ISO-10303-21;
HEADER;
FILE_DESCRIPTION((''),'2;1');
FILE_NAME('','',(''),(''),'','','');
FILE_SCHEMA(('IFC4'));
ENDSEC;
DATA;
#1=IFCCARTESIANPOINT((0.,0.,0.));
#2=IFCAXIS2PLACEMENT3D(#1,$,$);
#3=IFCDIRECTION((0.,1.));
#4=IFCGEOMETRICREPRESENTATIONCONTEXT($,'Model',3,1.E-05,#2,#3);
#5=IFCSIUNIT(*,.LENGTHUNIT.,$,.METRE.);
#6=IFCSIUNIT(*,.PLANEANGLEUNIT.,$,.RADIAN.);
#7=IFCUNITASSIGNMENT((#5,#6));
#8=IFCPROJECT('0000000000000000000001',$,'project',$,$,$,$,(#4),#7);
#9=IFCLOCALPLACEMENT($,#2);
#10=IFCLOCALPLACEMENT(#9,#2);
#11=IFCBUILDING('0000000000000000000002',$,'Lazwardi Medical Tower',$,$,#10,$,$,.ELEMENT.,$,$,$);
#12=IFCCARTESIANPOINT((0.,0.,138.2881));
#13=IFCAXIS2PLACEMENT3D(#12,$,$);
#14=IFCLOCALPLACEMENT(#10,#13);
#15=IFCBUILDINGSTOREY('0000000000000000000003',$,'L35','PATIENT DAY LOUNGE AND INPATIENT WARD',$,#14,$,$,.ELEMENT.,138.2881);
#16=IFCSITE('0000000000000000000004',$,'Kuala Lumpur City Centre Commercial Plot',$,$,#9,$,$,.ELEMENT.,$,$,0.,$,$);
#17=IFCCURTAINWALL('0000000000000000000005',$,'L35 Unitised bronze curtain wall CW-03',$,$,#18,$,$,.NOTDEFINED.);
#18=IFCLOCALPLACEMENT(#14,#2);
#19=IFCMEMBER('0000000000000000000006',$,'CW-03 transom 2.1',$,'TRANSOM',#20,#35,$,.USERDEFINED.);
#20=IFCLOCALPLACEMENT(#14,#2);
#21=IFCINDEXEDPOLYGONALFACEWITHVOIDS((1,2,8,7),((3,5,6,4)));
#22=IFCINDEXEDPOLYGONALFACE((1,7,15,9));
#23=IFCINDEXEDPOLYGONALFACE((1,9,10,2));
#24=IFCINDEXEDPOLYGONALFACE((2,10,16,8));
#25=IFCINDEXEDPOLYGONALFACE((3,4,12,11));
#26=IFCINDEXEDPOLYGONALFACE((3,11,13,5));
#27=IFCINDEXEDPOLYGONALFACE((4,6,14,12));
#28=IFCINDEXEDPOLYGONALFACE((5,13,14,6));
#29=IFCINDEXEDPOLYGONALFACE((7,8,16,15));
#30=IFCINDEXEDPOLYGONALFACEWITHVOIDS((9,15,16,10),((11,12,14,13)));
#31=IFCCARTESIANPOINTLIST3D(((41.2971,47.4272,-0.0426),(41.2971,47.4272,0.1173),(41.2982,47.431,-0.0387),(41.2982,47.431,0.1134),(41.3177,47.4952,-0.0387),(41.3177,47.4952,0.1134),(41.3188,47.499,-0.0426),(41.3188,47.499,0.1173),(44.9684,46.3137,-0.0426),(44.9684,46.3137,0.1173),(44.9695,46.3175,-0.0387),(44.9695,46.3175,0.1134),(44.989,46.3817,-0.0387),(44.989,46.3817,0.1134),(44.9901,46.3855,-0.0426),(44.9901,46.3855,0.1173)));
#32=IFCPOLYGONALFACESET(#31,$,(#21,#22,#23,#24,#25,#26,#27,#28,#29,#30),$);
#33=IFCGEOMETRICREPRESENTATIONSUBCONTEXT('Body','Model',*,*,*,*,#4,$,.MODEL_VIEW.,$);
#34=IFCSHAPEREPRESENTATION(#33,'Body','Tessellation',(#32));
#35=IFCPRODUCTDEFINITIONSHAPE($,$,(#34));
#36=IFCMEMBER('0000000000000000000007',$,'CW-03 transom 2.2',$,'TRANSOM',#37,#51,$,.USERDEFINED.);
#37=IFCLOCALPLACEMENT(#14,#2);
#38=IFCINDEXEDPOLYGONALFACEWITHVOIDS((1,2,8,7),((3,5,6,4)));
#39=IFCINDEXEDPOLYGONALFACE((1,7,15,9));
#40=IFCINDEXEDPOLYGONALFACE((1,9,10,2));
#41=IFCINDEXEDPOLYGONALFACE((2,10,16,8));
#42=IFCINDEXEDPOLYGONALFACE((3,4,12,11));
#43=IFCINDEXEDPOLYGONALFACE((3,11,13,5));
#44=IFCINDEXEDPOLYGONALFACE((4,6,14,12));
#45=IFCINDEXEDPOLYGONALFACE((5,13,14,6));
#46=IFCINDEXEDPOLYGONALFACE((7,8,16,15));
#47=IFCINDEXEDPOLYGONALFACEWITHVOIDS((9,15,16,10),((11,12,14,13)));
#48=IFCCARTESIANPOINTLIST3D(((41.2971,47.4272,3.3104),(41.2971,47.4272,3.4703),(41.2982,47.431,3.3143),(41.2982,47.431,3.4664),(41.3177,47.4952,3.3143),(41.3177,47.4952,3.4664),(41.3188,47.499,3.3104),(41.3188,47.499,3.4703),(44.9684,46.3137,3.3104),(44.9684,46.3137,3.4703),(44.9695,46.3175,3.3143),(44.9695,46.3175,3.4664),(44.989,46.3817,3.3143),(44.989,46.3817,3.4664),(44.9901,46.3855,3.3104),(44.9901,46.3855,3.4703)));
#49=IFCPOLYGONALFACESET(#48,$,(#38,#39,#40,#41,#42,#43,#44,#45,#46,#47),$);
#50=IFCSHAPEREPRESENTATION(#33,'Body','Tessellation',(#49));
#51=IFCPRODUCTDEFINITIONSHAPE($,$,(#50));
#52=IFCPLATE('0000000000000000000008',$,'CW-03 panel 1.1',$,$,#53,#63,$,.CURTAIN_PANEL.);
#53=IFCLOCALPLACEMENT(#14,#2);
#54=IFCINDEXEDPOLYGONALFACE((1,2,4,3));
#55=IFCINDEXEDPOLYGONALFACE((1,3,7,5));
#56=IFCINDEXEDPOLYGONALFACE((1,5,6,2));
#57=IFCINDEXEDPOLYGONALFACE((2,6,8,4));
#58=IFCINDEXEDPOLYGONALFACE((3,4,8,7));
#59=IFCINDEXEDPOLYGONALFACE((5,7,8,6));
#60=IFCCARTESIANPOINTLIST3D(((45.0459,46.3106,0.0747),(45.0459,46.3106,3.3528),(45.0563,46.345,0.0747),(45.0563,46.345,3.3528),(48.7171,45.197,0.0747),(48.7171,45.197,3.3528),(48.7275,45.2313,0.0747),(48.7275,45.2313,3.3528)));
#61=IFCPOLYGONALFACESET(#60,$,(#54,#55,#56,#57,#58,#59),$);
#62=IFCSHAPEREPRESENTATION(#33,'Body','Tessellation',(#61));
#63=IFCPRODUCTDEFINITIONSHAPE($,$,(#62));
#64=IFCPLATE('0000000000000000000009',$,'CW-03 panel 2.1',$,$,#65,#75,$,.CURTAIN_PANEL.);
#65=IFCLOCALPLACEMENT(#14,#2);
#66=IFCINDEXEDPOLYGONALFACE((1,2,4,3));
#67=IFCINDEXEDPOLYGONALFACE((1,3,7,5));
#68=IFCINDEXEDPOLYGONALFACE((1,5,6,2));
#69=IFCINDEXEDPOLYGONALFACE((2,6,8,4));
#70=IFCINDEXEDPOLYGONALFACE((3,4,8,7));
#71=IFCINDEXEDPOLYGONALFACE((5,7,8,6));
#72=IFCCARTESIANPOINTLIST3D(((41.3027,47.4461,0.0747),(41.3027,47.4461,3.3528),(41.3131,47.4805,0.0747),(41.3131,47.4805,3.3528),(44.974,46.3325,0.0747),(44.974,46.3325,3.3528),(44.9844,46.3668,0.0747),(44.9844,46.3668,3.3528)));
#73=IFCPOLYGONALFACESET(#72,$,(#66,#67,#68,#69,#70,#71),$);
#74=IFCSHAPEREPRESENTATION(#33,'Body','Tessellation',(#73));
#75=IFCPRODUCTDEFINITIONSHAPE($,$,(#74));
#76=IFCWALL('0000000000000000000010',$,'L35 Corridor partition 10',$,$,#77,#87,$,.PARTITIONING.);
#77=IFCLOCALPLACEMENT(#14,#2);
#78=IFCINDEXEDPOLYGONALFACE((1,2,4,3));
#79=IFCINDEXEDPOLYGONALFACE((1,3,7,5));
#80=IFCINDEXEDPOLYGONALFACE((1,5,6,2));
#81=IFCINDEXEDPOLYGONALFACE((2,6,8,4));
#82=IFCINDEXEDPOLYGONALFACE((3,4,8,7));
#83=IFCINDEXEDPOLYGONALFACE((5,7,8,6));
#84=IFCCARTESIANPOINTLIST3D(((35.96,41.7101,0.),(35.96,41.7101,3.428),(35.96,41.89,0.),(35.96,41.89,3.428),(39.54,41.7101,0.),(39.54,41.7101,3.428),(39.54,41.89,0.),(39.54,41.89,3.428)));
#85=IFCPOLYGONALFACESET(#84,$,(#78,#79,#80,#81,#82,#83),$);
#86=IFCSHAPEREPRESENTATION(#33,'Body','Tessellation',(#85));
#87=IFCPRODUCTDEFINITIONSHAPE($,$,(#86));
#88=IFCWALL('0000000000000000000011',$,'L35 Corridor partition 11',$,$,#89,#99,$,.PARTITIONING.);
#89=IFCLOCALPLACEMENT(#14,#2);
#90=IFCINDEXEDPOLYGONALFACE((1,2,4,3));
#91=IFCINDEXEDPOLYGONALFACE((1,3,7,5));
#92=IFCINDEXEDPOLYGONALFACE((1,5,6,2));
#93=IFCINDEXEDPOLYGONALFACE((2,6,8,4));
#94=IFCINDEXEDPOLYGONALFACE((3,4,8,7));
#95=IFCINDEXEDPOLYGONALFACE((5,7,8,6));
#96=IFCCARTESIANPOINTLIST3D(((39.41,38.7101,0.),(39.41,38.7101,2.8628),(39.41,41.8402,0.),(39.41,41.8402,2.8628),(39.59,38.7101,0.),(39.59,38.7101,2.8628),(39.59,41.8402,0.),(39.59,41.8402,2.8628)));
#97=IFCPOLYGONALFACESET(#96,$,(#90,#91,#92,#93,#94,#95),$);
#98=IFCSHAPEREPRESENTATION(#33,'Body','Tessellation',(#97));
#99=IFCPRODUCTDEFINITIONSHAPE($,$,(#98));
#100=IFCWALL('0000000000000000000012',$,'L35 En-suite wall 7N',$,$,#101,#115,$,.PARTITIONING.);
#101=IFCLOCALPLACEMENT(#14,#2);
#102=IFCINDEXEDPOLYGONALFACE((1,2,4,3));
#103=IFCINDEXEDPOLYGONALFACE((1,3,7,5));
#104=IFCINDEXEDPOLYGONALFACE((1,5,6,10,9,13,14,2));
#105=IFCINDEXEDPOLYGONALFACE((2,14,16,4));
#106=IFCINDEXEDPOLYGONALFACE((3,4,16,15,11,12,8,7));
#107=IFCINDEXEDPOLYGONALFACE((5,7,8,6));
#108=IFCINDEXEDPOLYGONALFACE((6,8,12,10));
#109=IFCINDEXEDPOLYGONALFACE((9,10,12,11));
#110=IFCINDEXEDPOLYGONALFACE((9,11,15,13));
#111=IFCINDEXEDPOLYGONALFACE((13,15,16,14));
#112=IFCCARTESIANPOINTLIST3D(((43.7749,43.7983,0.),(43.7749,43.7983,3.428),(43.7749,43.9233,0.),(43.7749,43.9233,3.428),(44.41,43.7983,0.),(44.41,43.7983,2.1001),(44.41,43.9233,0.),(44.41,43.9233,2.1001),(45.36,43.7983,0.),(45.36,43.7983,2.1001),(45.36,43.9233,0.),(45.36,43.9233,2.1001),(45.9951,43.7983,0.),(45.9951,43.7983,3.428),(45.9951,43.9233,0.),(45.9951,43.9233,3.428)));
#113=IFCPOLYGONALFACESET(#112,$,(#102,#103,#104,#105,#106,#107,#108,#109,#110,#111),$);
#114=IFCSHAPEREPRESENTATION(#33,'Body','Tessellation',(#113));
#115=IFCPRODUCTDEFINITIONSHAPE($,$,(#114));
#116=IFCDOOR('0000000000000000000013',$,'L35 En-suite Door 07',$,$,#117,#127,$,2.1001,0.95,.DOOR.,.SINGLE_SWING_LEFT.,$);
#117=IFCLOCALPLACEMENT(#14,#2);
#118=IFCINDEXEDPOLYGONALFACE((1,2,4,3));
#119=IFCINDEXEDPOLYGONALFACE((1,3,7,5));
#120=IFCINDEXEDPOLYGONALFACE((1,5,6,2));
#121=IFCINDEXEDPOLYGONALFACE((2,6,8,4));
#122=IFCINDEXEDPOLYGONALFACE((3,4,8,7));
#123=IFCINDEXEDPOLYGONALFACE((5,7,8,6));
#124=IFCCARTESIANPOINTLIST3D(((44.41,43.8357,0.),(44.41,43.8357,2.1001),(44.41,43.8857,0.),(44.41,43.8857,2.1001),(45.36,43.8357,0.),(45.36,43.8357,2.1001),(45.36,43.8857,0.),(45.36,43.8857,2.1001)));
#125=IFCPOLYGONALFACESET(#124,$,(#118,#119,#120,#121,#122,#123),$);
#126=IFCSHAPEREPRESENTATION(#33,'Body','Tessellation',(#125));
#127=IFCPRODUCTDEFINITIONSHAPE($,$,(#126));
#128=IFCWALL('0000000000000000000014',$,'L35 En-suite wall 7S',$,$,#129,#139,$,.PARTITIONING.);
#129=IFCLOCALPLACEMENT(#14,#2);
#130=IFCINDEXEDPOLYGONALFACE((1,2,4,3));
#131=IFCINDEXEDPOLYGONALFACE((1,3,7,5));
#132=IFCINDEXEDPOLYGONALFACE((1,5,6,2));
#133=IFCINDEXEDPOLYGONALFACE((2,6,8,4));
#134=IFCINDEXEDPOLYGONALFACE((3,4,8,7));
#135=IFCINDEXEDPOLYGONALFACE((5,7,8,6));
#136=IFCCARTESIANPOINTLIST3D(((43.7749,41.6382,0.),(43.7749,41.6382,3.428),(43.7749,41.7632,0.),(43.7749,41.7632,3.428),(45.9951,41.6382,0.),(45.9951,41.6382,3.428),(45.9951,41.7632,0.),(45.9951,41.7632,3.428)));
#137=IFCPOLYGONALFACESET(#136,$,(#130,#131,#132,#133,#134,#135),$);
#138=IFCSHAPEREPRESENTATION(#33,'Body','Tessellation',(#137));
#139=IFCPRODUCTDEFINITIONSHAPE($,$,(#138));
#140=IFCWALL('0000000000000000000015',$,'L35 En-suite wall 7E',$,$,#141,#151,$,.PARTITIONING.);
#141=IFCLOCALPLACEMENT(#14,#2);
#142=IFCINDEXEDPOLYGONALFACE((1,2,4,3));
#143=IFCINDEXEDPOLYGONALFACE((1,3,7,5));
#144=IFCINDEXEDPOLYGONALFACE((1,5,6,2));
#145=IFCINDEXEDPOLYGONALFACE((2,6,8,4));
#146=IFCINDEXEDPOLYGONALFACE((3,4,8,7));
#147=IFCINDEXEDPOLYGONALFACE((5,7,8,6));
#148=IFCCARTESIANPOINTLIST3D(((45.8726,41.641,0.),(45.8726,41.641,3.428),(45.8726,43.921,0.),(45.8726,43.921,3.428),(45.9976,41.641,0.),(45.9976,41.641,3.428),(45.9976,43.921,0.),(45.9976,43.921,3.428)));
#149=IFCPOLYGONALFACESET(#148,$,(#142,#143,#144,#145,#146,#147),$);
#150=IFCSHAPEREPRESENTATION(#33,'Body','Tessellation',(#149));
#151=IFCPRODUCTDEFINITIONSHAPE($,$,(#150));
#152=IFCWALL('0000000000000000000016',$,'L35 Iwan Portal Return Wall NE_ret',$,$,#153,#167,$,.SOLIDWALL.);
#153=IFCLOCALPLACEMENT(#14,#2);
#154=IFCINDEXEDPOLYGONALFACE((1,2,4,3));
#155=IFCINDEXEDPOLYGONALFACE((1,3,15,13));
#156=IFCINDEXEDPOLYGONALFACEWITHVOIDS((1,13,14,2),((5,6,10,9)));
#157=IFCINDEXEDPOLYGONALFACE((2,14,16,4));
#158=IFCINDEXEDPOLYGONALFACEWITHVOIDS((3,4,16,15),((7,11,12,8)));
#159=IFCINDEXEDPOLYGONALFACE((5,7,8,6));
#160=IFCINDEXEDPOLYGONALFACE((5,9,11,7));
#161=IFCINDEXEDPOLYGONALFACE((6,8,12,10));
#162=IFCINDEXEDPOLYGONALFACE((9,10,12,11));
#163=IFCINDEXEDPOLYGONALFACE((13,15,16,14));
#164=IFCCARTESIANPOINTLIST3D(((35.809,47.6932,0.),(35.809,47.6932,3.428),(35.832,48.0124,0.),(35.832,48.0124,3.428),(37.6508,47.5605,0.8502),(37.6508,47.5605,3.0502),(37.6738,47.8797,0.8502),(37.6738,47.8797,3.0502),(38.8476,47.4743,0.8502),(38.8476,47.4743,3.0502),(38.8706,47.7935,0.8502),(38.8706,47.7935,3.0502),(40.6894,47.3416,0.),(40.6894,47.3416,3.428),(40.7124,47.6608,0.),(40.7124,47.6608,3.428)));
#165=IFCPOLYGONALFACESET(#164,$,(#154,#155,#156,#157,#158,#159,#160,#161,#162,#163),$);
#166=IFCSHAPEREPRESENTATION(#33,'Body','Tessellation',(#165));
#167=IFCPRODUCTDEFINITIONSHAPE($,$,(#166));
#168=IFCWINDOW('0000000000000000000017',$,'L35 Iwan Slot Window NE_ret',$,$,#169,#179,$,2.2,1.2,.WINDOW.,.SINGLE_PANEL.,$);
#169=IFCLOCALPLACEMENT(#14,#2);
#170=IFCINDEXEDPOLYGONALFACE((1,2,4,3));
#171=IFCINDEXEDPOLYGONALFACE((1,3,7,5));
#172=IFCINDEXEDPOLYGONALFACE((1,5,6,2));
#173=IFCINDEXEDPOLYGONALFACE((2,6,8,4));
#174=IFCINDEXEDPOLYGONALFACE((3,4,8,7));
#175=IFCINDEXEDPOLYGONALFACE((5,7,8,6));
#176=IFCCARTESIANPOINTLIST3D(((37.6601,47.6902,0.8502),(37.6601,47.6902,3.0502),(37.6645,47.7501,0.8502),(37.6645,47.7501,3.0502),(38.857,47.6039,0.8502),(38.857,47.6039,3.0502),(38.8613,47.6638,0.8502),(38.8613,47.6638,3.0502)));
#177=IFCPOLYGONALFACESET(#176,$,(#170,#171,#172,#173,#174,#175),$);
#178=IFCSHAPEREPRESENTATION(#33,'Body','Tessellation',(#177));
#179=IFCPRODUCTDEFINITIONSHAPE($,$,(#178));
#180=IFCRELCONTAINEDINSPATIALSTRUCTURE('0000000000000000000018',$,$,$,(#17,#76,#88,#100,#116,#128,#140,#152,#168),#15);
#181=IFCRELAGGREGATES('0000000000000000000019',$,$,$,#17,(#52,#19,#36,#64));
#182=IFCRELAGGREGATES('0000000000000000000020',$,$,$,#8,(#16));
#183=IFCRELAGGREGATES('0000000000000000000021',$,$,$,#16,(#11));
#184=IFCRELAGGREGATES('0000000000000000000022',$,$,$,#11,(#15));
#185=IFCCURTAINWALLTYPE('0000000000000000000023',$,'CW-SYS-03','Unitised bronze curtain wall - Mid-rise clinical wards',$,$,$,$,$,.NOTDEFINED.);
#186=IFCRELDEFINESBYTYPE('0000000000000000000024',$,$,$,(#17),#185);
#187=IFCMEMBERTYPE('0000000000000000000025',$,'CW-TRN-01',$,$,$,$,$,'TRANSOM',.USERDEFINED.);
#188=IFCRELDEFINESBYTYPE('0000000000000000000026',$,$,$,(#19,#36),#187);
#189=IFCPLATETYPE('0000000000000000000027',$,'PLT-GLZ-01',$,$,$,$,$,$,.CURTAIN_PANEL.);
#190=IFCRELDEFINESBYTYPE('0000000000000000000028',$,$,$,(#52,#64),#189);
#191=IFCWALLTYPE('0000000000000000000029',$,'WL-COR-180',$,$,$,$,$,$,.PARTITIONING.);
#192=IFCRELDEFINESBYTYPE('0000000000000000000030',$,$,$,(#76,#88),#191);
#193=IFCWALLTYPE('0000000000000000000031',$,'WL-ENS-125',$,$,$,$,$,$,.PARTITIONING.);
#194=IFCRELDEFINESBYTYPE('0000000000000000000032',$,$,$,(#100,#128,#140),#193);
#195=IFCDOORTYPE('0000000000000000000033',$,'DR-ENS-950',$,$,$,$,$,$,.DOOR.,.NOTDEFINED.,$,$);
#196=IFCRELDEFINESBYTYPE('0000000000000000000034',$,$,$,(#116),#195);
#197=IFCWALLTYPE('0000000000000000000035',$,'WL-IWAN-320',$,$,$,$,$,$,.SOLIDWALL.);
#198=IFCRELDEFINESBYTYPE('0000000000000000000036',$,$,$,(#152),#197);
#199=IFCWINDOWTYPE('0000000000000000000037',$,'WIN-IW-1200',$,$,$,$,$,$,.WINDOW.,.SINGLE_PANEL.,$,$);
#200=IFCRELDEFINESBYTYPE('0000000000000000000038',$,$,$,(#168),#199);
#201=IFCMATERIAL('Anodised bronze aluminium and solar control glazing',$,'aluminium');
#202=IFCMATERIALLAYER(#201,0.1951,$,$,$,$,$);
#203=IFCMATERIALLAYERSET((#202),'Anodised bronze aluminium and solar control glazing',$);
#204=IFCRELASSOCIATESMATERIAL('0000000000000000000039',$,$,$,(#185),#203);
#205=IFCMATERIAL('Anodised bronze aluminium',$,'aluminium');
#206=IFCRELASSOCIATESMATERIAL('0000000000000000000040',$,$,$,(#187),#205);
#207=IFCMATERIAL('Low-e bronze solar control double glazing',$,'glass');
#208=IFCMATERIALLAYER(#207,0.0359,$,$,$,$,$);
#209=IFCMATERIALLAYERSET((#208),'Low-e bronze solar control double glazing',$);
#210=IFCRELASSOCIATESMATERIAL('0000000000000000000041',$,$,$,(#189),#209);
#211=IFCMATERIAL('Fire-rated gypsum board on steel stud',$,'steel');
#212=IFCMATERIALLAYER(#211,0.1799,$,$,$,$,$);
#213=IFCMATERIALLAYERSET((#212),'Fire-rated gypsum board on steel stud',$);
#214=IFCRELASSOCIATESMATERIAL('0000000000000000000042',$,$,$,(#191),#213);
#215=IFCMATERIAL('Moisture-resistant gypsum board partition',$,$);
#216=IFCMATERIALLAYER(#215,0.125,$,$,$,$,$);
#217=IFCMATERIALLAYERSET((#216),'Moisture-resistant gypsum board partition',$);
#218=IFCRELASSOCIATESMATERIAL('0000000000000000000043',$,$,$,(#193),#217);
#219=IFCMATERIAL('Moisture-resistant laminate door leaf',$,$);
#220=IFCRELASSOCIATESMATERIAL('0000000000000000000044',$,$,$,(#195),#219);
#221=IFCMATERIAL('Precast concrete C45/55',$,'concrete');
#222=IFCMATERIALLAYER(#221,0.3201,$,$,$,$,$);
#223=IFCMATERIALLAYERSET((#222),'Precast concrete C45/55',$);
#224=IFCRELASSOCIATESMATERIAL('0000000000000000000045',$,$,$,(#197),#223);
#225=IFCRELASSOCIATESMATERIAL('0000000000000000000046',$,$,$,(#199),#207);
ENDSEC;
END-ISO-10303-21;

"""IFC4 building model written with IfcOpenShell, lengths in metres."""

from ifc_helpers import new_model, si_unit, direction, frame, frame_2d, origin, origin_2d, place, context, subcontext, project, spatial, rectangle, hollow_rectangle, extrude, material, layer, layer_set, material_profile, profile_set, type_object, element, fill, aggregate, save


model = new_model("IFC4")

# Units and contexts
model_context = context("Model", 3, precision=1e-05, world=origin(), true_north=direction((0.0, 1.0)))
body_context = subcontext(model_context, "Body", "Model", "MODEL_VIEW")
ifc_project = project(units=[si_unit("LENGTHUNIT", "METRE"), si_unit("PLANEANGLEUNIT", "RADIAN")], contexts=[model_context])

# Site, building, storey
site_placement = place(None, origin())
site = spatial("IfcSite", under=ifc_project, at=site_placement, Name="Kuala Lumpur City Centre Commercial Plot", CompositionType="ELEMENT", RefElevation=0.0)
building_placement = place(site_placement, origin())
building = spatial("IfcBuilding", under=site, at=building_placement, Name="Lazwardi Medical Tower", CompositionType="ELEMENT")
storey_placement = place(building_placement, frame((0.0, 0.0, 138.2881)))
storey = spatial("IfcBuildingStorey", under=building, at=storey_placement, Name="L35", Description="PATIENT DAY LOUNGE AND INPATIENT WARD", CompositionType="ELEMENT", Elevation=138.2881)

# Curtain wall, members, plates
ifc_material_1 = material(Name="Anodised bronze aluminium and solar control glazing", Category="aluminium")
ifc_layer_1 = layer(ifc_material_1, 0.1951)
ifc_layer_set_1 = layer_set([ifc_layer_1], Name="Anodised bronze aluminium and solar control glazing")
curtain_wall_type = type_object("IfcCurtainWallType", Name="CW-SYS-03", Description="Unitised bronze curtain wall - Mid-rise clinical wards", PredefinedType="NOTDEFINED", material=ifc_layer_set_1)
curtain_wall_placement = place(storey_placement, origin())
curtain_wall = element("IfcCurtainWall", 1, at=curtain_wall_placement, inside=storey, type_object=curtain_wall_type, Name="L35 Unitised bronze curtain wall CW-03", PredefinedType="NOTDEFINED")
ifc_material_2 = material(Name="Anodised bronze aluminium", Category="aluminium")
ifc_material_profile_1 = material_profile(ifc_material_2, hollow_rectangle(XDim=0.075, YDim=0.1599, WallThickness=0.0039, at=origin_2d()), Name="ALU-TRANSOM 160x75x4")
ifc_profile_set_1 = profile_set([ifc_material_profile_1], Name="Anodised bronze aluminium")
member_type_1 = type_object("IfcMemberType", Name="CW-TRN-01", ElementType="TRANSOM", PredefinedType="USERDEFINED", material=ifc_profile_set_1)
member_1_placement = place(storey_placement, frame((44.9792, 46.3496, 0.0374), z_axis=(-0.956953, 0.290242, 0.0), x_axis=(-0.290242, -0.956953, 0.0)))
member_1 = element("IfcMember", 2, at=member_1_placement, type_object=member_type_1, Name="CW-03 transom 2.1", ObjectType="TRANSOM", PredefinedType="USERDEFINED", context=body_context, shape_type="SweptSolid", body=[
    extrude(hollow_rectangle(XDim=0.075, YDim=0.1599, WallThickness=0.0039, at=origin_2d()), origin(), (0.0, 0.0, 1.0), 3.8364),
])
member_2_placement = place(storey_placement, frame((44.9792, 46.3496, 3.3904), z_axis=(-0.956953, 0.290242, 0.0), x_axis=(-0.290242, -0.956953, 0.0)))
member_2 = element("IfcMember", 3, at=member_2_placement, type_object=member_type_1, Name="CW-03 transom 2.2", ObjectType="TRANSOM", PredefinedType="USERDEFINED", context=body_context, shape_type="SweptSolid", body=[
    extrude(hollow_rectangle(XDim=0.075, YDim=0.1599, WallThickness=0.0039, at=origin_2d()), origin(), (0.0, 0.0, 1.0), 3.8364),
])
ifc_material_3 = material(Name="Low-e bronze solar control double glazing", Category="glass")
ifc_layer_2 = layer(ifc_material_3, 0.0359)
ifc_layer_set_2 = layer_set([ifc_layer_2], Name="Low-e bronze solar control double glazing")
plate_type = type_object("IfcPlateType", Name="PLT-GLZ-01", PredefinedType="CURTAIN_PANEL", material=ifc_layer_set_2)
plate_1_placement = place(storey_placement, frame((46.8867, 45.771, 0.0747), z_axis=(0.0, 0.0, 1.0), x_axis=(-0.956942, 0.290281, 0.0)))
plate_1 = element("IfcPlate", 4, at=plate_1_placement, type_object=plate_type, Name="CW-03 panel 1.1", PredefinedType="CURTAIN_PANEL", context=body_context, shape_type="SweptSolid", body=[
    extrude(rectangle(XDim=3.8364, YDim=0.0359, at=origin_2d()), origin(), (0.0, 0.0, 1.0), 3.2781),
])
plate_2_placement = place(storey_placement, frame((43.1436, 46.9065, 0.0747), z_axis=(0.0, 0.0, 1.0), x_axis=(-0.956942, 0.290281, 0.0)))
plate_2 = element("IfcPlate", 5, at=plate_2_placement, type_object=plate_type, Name="CW-03 panel 2.1", PredefinedType="CURTAIN_PANEL", context=body_context, shape_type="SweptSolid", body=[
    extrude(rectangle(XDim=3.8364, YDim=0.0359, at=origin_2d()), origin(), (0.0, 0.0, 1.0), 3.2781),
])
aggregate(curtain_wall, [plate_1, member_1, member_2, plate_2])

# Walls
ifc_material_4 = material(Name="Fire-rated gypsum board on steel stud", Category="steel")
ifc_layer_3 = layer(ifc_material_4, 0.1799)
ifc_layer_set_3 = layer_set([ifc_layer_3], Name="Fire-rated gypsum board on steel stud")
wall_type_1 = type_object("IfcWallType", Name="WL-COR-180", PredefinedType="PARTITIONING", material=ifc_layer_set_3)
wall_1_placement = place(storey_placement, frame((35.96, 41.8, 0.0), z_axis=(0.0, 0.0, 1.0), x_axis=(1.0, 0.0, 0.0)))
element("IfcWall", 6, at=wall_1_placement, inside=storey, type_object=wall_type_1, Name="L35 Corridor partition 10", PredefinedType="PARTITIONING", context=body_context, shape_type="SweptSolid", body=[
    extrude(rectangle(XDim=3.5801, YDim=0.1799, at=frame_2d((1.79, 0.0))), origin(), (0.0, 0.0, 1.0), 3.428),
])
wall_2_placement = place(storey_placement, frame((39.5, 41.8401, 0.0), z_axis=(0.0, 0.0, 1.0), x_axis=(0.0, -1.0, 0.0)))
element("IfcWall", 7, at=wall_2_placement, inside=storey, type_object=wall_type_1, Name="L35 Corridor partition 11", PredefinedType="PARTITIONING", context=body_context, shape_type="SweptSolid", body=[
    extrude(rectangle(XDim=3.1301, YDim=0.1799, at=frame_2d((1.5649, 0.0))), origin(), (0.0, 0.0, 1.0), 2.8628),
])

# Wall, opening, door
ifc_material_5 = material(Name="Moisture-resistant gypsum board partition")
ifc_layer_4 = layer(ifc_material_5, 0.125)
ifc_layer_set_4 = layer_set([ifc_layer_4], Name="Moisture-resistant gypsum board partition")
wall_type_2 = type_object("IfcWallType", Name="WL-ENS-125", PredefinedType="PARTITIONING", material=ifc_layer_set_4)
wall_3_placement = place(storey_placement, frame((43.7749, 43.8608, 0.0), z_axis=(0.0, 0.0, 1.0), x_axis=(1.0, 0.0, 0.0)))
wall_3 = element("IfcWall", 8, at=wall_3_placement, inside=storey, type_object=wall_type_2, Name="L35 En-suite wall 7N", PredefinedType="PARTITIONING", context=body_context, shape_type="SweptSolid", body=[
    extrude(rectangle(XDim=2.2202, YDim=0.125, at=frame_2d((1.1101, 0.0))), origin(), (0.0, 0.0, 1.0), 3.428),
])
opening_1_placement = place(wall_3_placement, frame((0.635, 0.0, 0.0)))
opening_1 = element("IfcOpeningElement", 9, at=opening_1_placement, cuts=wall_3, PredefinedType="OPENING", context=body_context, shape_type="SweptSolid", body=[
    extrude(rectangle(XDim=0.95, YDim=2.1001, at=frame_2d((0.4751, 1.05))), frame((0.0, 0.0725, 0.0), z_axis=(0.0, -1.0, 0.0), x_axis=(1.0, 0.0, 0.0)), (0.0, 0.0, 1.0), 0.145),
])
ifc_material_6 = material(Name="Moisture-resistant laminate door leaf")
door_type = type_object("IfcDoorType", Name="DR-ENS-950", OperationType="NOTDEFINED", PredefinedType="DOOR", material=ifc_material_6)
door_placement = place(opening_1_placement, origin())
door = element("IfcDoor", 10, at=door_placement, inside=storey, type_object=door_type, Name="L35 En-suite Door 07", OperationType="SINGLE_SWING_LEFT", OverallHeight=2.1001, OverallWidth=0.95, PredefinedType="DOOR", context=body_context, shape_type="SweptSolid", body=[
    extrude(rectangle(XDim=0.95, YDim=2.1001, at=frame_2d((0.4751, 1.05))), frame((0.0, 0.0249, 0.0), z_axis=(0.0, -1.0, 0.0), x_axis=(1.0, 0.0, 0.0)), (0.0, 0.0, 1.0), 0.05),
])
fill(opening_1, door)

# Walls
wall_4_placement = place(storey_placement, frame((43.7749, 41.7007, 0.0), z_axis=(0.0, 0.0, 1.0), x_axis=(1.0, 0.0, 0.0)))
element("IfcWall", 11, at=wall_4_placement, inside=storey, type_object=wall_type_2, Name="L35 En-suite wall 7S", PredefinedType="PARTITIONING", context=body_context, shape_type="SweptSolid", body=[
    extrude(rectangle(XDim=2.2202, YDim=0.125, at=frame_2d((1.1101, 0.0))), origin(), (0.0, 0.0, 1.0), 3.428),
])
wall_5_placement = place(storey_placement, frame((45.9351, 41.6409, 0.0), z_axis=(0.0, 0.0, 1.0), x_axis=(0.0, 1.0, 0.0)))
element("IfcWall", 12, at=wall_5_placement, inside=storey, type_object=wall_type_2, Name="L35 En-suite wall 7E", PredefinedType="PARTITIONING", context=body_context, shape_type="SweptSolid", body=[
    extrude(rectangle(XDim=2.28, YDim=0.125, at=frame_2d((1.1401, 0.0))), origin(), (0.0, 0.0, 1.0), 3.428),
])

# Wall, opening, window
ifc_material_7 = material(Name="Precast concrete C45/55", Category="concrete")
ifc_layer_5 = layer(ifc_material_7, 0.3201)
ifc_layer_set_5 = layer_set([ifc_layer_5], Name="Precast concrete C45/55")
wall_type_3 = type_object("IfcWallType", Name="WL-IWAN-320", PredefinedType="SOLIDWALL", material=ifc_layer_set_5)
wall_6_placement = place(storey_placement, frame((40.7009, 47.5012, 0.0), z_axis=(0.0, 0.0, 1.0), x_axis=(-0.997415, 0.07185, 0.0)))
wall_6 = element("IfcWall", 13, at=wall_6_placement, inside=storey, type_object=wall_type_3, Name="L35 Iwan Portal Return Wall NE_ret", PredefinedType="SOLIDWALL", context=body_context, shape_type="SweptSolid", body=[
    extrude(rectangle(XDim=4.8931, YDim=0.3201, at=frame_2d((2.4465, 0.0))), origin(), (0.0, 0.0, 1.0), 3.428),
])
opening_2_placement = place(wall_6_placement, frame((1.8464, 0.0, 0.8501)))
opening_2 = element("IfcOpeningElement", 14, at=opening_2_placement, cuts=wall_6, PredefinedType="OPENING", context=body_context, shape_type="SweptSolid", body=[
    extrude(rectangle(XDim=1.2, YDim=2.2, at=frame_2d((0.6001, 1.1001))), frame((0.0, 0.1699, 0.0), z_axis=(0.0, -1.0, 0.0), x_axis=(1.0, 0.0, 0.0)), (0.0, 0.0, 1.0), 0.3401),
])
window_type_1 = type_object("IfcWindowType", Name="WIN-IW-1200", PartitioningType="SINGLE_PANEL", PredefinedType="WINDOW", material=ifc_material_3)
window_1_placement = place(opening_2_placement, origin())
window_1 = element("IfcWindow", 15, at=window_1_placement, inside=storey, type_object=window_type_1, Name="L35 Iwan Slot Window NE_ret", OverallHeight=2.2, OverallWidth=1.2, PartitioningType="SINGLE_PANEL", PredefinedType="WINDOW", context=body_context, shape_type="SweptSolid", body=[
    extrude(rectangle(XDim=1.2, YDim=2.2, at=frame_2d((0.6001, 1.1001))), frame((0.0, 0.03, 0.0), z_axis=(0.0, -1.0, 0.0), x_axis=(1.0, 0.0, 0.0)), (0.0, 0.0, 1.0), 0.0601),
])
fill(opening_2, window_1)

save(model, "model.ifc")
